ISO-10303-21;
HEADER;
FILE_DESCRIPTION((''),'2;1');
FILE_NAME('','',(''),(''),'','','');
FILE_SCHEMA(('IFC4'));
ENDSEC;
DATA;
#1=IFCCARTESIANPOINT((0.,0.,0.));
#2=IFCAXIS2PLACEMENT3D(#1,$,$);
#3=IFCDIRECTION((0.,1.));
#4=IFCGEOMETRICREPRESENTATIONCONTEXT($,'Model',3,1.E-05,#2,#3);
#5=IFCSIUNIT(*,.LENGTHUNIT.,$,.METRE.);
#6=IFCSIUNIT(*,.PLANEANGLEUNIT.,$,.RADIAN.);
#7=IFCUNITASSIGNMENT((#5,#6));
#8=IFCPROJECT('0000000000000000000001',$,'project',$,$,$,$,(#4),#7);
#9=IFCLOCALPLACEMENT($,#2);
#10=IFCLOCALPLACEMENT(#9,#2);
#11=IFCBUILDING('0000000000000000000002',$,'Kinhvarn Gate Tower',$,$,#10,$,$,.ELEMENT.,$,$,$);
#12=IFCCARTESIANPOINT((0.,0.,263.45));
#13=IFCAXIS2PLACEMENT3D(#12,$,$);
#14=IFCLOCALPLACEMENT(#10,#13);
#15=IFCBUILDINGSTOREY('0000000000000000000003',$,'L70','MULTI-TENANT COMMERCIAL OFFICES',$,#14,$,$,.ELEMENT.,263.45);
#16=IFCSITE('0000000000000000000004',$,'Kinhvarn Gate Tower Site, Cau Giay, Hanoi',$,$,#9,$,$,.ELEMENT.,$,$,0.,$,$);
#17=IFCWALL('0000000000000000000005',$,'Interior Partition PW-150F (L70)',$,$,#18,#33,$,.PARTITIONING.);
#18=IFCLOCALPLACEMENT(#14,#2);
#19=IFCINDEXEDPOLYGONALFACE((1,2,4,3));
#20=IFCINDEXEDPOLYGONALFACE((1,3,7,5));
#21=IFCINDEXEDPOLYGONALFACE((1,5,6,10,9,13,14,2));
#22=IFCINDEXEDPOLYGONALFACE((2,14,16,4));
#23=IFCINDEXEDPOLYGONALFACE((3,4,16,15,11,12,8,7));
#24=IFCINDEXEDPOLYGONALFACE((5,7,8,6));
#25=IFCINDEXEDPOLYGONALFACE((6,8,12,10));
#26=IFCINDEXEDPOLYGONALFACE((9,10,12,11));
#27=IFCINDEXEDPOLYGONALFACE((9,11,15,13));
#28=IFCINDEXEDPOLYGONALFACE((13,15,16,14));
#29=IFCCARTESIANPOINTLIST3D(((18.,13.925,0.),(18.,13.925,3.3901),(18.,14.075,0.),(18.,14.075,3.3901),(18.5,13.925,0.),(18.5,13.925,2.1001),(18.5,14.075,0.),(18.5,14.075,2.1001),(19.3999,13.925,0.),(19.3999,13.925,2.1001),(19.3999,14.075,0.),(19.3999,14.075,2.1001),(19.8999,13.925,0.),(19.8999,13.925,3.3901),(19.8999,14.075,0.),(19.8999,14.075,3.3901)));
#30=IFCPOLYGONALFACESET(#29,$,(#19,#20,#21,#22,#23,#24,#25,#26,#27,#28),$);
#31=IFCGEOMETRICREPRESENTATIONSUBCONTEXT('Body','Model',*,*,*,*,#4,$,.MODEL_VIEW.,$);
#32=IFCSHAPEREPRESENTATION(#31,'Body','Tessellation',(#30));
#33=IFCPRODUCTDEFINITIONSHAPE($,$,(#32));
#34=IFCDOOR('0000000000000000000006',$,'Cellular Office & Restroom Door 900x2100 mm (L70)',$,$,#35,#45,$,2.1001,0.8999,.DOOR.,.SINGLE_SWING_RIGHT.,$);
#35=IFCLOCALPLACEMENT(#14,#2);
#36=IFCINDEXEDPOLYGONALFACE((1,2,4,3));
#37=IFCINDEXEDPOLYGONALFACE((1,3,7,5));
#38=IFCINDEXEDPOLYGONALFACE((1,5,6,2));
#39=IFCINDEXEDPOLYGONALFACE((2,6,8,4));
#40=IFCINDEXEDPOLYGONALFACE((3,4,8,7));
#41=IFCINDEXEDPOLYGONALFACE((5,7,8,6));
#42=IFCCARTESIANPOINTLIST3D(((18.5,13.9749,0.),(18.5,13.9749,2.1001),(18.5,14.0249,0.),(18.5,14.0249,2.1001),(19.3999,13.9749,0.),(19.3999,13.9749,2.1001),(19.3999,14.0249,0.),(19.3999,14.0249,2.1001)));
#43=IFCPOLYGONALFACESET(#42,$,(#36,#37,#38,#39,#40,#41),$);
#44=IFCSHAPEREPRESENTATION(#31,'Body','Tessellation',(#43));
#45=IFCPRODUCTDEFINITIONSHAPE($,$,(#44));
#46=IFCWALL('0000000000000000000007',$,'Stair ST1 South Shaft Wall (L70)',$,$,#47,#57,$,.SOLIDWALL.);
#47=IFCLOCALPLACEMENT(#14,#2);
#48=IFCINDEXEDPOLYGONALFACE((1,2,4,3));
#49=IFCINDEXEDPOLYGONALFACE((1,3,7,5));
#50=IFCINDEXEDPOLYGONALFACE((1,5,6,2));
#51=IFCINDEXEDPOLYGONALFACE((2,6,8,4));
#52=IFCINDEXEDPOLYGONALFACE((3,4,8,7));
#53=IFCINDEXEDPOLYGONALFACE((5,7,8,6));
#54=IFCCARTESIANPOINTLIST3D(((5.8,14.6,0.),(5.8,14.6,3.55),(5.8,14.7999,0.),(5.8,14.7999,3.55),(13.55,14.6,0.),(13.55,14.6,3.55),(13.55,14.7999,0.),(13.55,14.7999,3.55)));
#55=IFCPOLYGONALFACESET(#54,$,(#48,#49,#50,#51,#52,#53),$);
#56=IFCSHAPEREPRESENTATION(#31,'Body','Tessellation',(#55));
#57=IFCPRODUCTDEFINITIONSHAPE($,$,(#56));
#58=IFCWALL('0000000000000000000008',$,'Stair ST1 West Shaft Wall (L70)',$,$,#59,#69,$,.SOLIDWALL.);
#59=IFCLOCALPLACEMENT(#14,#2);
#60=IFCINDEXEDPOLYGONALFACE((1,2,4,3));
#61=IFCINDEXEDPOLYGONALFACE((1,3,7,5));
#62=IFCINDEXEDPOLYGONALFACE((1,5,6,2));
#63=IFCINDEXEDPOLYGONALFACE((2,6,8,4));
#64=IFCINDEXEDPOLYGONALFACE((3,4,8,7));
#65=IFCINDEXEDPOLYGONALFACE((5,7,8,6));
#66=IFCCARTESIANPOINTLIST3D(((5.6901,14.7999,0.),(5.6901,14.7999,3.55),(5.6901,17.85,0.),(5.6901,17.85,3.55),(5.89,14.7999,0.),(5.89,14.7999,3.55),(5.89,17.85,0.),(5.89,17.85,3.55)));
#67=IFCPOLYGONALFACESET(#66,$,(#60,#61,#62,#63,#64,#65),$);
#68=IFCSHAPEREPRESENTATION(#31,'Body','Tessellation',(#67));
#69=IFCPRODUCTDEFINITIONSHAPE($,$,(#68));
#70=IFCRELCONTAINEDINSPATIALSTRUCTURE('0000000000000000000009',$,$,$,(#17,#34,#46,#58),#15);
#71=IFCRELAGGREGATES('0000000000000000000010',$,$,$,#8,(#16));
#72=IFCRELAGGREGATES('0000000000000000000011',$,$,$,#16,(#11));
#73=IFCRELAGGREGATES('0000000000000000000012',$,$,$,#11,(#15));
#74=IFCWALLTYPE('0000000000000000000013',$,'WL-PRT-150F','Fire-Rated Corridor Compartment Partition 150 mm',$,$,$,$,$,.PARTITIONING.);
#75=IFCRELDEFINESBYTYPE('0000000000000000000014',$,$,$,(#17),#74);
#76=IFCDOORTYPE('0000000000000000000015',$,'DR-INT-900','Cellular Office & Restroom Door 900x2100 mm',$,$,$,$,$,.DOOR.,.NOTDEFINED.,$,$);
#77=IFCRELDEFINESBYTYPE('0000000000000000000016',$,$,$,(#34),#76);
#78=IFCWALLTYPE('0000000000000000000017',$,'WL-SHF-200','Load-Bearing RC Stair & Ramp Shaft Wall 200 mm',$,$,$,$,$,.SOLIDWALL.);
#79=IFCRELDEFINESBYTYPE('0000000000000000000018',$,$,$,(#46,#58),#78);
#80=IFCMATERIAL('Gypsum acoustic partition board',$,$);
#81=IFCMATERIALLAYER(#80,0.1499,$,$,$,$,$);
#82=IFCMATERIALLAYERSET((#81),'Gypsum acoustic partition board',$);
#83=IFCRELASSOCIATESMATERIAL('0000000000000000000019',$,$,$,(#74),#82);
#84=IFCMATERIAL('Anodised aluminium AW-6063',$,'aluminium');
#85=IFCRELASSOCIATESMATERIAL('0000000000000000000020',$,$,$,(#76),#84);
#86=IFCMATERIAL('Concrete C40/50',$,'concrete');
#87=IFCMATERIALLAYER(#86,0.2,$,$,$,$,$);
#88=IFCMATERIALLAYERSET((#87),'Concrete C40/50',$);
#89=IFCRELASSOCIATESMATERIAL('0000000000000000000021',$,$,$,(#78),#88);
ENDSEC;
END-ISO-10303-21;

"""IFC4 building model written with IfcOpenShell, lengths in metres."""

from ifc_helpers import new_model, si_unit, direction, frame, frame_2d, origin, place, context, subcontext, project, spatial, rectangle, extrude, material, layer, layer_set, type_object, element, fill, save


model = new_model("IFC4")

# Units and contexts
model_context = context("Model", 3, precision=1e-05, world=origin(), true_north=direction((0.0, 1.0)))
body_context = subcontext(model_context, "Body", "Model", "MODEL_VIEW")
ifc_project = project(units=[si_unit("LENGTHUNIT", "METRE"), si_unit("PLANEANGLEUNIT", "RADIAN")], contexts=[model_context])

# Site, building, storey
site_placement = place(None, origin())
site = spatial("IfcSite", under=ifc_project, at=site_placement, Name="Kinhvarn Gate Tower Site, Cau Giay, Hanoi", CompositionType="ELEMENT", RefElevation=0.0)
building_placement = place(site_placement, origin())
building = spatial("IfcBuilding", under=site, at=building_placement, Name="Kinhvarn Gate Tower", CompositionType="ELEMENT")
storey_placement = place(building_placement, frame((0.0, 0.0, 263.45)))
storey = spatial("IfcBuildingStorey", under=building, at=storey_placement, Name="L70", Description="MULTI-TENANT COMMERCIAL OFFICES", CompositionType="ELEMENT", Elevation=263.45)

# Shared definitions
ifc_material_1 = material(Name="Anodised aluminium AW-6063", Category="aluminium")

# Wall, opening, door
ifc_material_2 = material(Name="Gypsum acoustic partition board")
ifc_layer_1 = layer(ifc_material_2, 0.1499)
ifc_layer_set_1 = layer_set([ifc_layer_1], Name="Gypsum acoustic partition board")
wall_type_1 = type_object("IfcWallType", Name="WL-PRT-150F", Description="Fire-Rated Corridor Compartment Partition 150 mm", PredefinedType="PARTITIONING", material=ifc_layer_set_1)
wall_1_placement = place(storey_placement, frame((18.0, 14.0, 0.0), z_axis=(0.0, 0.0, 1.0), x_axis=(1.0, 0.0, 0.0)))
wall_1 = element("IfcWall", 1, at=wall_1_placement, inside=storey, type_object=wall_type_1, Name="Interior Partition PW-150F (L70)", PredefinedType="PARTITIONING", context=body_context, shape_type="SweptSolid", body=[
    extrude(rectangle(XDim=1.8999, YDim=0.1499, at=frame_2d((0.95, 0.0))), origin(), (0.0, 0.0, 1.0), 3.3901),
])
opening_1_placement = place(wall_1_placement, frame((0.5, 0.0, 0.0)))
opening_1 = element("IfcOpeningElement", 2, at=opening_1_placement, cuts=wall_1, PredefinedType="OPENING", context=body_context, shape_type="SweptSolid", body=[
    extrude(rectangle(XDim=0.8999, YDim=2.1001, at=frame_2d((0.45, 1.05))), frame((0.0, 0.085, 0.0), z_axis=(0.0, -1.0, 0.0), x_axis=(1.0, 0.0, 0.0)), (0.0, 0.0, 1.0), 0.1699),
])
door_type_1 = type_object("IfcDoorType", Name="DR-INT-900", Description="Cellular Office & Restroom Door 900x2100 mm", OperationType="NOTDEFINED", PredefinedType="DOOR", material=ifc_material_1)
door_1_placement = place(opening_1_placement, origin())
door_1 = element("IfcDoor", 3, at=door_1_placement, inside=storey, type_object=door_type_1, Name="Cellular Office & Restroom Door 900x2100 mm (L70)", OperationType="SINGLE_SWING_RIGHT", OverallHeight=2.1001, OverallWidth=0.8999, PredefinedType="DOOR", context=body_context, shape_type="SweptSolid", body=[
    extrude(rectangle(XDim=0.8999, YDim=2.1001, at=frame_2d((0.45, 1.05))), frame((0.0, 0.0249, 0.0), z_axis=(0.0, -1.0, 0.0), x_axis=(1.0, 0.0, 0.0)), (0.0, 0.0, 1.0), 0.05),
])
fill(opening_1, door_1)

# Walls
ifc_material_3 = material(Name="Concrete C40/50", Category="concrete")
ifc_layer_2 = layer(ifc_material_3, 0.2)
ifc_layer_set_2 = layer_set([ifc_layer_2], Name="Concrete C40/50")
wall_type_2 = type_object("IfcWallType", Name="WL-SHF-200", Description="Load-Bearing RC Stair & Ramp Shaft Wall 200 mm", PredefinedType="SOLIDWALL", material=ifc_layer_set_2)
wall_2_placement = place(storey_placement, frame((5.8, 14.7, 0.0), z_axis=(0.0, 0.0, 1.0), x_axis=(1.0, 0.0, 0.0)))
element("IfcWall", 4, at=wall_2_placement, inside=storey, type_object=wall_type_2, Name="Stair ST1 South Shaft Wall (L70)", PredefinedType="SOLIDWALL", context=body_context, shape_type="SweptSolid", body=[
    extrude(rectangle(XDim=7.75, YDim=0.2, at=frame_2d((3.875, 0.0))), origin(), (0.0, 0.0, 1.0), 3.55),
])
wall_3_placement = place(storey_placement, frame((5.79, 14.8, 0.0), z_axis=(0.0, 0.0, 1.0), x_axis=(0.0, 1.0, 0.0)))
element("IfcWall", 5, at=wall_3_placement, inside=storey, type_object=wall_type_2, Name="Stair ST1 West Shaft Wall (L70)", PredefinedType="SOLIDWALL", context=body_context, shape_type="SweptSolid", body=[
    extrude(rectangle(XDim=3.05, YDim=0.2, at=frame_2d((1.5249, 0.0))), origin(), (0.0, 0.0, 1.0), 3.55),
])

save(model, "model.ifc")
